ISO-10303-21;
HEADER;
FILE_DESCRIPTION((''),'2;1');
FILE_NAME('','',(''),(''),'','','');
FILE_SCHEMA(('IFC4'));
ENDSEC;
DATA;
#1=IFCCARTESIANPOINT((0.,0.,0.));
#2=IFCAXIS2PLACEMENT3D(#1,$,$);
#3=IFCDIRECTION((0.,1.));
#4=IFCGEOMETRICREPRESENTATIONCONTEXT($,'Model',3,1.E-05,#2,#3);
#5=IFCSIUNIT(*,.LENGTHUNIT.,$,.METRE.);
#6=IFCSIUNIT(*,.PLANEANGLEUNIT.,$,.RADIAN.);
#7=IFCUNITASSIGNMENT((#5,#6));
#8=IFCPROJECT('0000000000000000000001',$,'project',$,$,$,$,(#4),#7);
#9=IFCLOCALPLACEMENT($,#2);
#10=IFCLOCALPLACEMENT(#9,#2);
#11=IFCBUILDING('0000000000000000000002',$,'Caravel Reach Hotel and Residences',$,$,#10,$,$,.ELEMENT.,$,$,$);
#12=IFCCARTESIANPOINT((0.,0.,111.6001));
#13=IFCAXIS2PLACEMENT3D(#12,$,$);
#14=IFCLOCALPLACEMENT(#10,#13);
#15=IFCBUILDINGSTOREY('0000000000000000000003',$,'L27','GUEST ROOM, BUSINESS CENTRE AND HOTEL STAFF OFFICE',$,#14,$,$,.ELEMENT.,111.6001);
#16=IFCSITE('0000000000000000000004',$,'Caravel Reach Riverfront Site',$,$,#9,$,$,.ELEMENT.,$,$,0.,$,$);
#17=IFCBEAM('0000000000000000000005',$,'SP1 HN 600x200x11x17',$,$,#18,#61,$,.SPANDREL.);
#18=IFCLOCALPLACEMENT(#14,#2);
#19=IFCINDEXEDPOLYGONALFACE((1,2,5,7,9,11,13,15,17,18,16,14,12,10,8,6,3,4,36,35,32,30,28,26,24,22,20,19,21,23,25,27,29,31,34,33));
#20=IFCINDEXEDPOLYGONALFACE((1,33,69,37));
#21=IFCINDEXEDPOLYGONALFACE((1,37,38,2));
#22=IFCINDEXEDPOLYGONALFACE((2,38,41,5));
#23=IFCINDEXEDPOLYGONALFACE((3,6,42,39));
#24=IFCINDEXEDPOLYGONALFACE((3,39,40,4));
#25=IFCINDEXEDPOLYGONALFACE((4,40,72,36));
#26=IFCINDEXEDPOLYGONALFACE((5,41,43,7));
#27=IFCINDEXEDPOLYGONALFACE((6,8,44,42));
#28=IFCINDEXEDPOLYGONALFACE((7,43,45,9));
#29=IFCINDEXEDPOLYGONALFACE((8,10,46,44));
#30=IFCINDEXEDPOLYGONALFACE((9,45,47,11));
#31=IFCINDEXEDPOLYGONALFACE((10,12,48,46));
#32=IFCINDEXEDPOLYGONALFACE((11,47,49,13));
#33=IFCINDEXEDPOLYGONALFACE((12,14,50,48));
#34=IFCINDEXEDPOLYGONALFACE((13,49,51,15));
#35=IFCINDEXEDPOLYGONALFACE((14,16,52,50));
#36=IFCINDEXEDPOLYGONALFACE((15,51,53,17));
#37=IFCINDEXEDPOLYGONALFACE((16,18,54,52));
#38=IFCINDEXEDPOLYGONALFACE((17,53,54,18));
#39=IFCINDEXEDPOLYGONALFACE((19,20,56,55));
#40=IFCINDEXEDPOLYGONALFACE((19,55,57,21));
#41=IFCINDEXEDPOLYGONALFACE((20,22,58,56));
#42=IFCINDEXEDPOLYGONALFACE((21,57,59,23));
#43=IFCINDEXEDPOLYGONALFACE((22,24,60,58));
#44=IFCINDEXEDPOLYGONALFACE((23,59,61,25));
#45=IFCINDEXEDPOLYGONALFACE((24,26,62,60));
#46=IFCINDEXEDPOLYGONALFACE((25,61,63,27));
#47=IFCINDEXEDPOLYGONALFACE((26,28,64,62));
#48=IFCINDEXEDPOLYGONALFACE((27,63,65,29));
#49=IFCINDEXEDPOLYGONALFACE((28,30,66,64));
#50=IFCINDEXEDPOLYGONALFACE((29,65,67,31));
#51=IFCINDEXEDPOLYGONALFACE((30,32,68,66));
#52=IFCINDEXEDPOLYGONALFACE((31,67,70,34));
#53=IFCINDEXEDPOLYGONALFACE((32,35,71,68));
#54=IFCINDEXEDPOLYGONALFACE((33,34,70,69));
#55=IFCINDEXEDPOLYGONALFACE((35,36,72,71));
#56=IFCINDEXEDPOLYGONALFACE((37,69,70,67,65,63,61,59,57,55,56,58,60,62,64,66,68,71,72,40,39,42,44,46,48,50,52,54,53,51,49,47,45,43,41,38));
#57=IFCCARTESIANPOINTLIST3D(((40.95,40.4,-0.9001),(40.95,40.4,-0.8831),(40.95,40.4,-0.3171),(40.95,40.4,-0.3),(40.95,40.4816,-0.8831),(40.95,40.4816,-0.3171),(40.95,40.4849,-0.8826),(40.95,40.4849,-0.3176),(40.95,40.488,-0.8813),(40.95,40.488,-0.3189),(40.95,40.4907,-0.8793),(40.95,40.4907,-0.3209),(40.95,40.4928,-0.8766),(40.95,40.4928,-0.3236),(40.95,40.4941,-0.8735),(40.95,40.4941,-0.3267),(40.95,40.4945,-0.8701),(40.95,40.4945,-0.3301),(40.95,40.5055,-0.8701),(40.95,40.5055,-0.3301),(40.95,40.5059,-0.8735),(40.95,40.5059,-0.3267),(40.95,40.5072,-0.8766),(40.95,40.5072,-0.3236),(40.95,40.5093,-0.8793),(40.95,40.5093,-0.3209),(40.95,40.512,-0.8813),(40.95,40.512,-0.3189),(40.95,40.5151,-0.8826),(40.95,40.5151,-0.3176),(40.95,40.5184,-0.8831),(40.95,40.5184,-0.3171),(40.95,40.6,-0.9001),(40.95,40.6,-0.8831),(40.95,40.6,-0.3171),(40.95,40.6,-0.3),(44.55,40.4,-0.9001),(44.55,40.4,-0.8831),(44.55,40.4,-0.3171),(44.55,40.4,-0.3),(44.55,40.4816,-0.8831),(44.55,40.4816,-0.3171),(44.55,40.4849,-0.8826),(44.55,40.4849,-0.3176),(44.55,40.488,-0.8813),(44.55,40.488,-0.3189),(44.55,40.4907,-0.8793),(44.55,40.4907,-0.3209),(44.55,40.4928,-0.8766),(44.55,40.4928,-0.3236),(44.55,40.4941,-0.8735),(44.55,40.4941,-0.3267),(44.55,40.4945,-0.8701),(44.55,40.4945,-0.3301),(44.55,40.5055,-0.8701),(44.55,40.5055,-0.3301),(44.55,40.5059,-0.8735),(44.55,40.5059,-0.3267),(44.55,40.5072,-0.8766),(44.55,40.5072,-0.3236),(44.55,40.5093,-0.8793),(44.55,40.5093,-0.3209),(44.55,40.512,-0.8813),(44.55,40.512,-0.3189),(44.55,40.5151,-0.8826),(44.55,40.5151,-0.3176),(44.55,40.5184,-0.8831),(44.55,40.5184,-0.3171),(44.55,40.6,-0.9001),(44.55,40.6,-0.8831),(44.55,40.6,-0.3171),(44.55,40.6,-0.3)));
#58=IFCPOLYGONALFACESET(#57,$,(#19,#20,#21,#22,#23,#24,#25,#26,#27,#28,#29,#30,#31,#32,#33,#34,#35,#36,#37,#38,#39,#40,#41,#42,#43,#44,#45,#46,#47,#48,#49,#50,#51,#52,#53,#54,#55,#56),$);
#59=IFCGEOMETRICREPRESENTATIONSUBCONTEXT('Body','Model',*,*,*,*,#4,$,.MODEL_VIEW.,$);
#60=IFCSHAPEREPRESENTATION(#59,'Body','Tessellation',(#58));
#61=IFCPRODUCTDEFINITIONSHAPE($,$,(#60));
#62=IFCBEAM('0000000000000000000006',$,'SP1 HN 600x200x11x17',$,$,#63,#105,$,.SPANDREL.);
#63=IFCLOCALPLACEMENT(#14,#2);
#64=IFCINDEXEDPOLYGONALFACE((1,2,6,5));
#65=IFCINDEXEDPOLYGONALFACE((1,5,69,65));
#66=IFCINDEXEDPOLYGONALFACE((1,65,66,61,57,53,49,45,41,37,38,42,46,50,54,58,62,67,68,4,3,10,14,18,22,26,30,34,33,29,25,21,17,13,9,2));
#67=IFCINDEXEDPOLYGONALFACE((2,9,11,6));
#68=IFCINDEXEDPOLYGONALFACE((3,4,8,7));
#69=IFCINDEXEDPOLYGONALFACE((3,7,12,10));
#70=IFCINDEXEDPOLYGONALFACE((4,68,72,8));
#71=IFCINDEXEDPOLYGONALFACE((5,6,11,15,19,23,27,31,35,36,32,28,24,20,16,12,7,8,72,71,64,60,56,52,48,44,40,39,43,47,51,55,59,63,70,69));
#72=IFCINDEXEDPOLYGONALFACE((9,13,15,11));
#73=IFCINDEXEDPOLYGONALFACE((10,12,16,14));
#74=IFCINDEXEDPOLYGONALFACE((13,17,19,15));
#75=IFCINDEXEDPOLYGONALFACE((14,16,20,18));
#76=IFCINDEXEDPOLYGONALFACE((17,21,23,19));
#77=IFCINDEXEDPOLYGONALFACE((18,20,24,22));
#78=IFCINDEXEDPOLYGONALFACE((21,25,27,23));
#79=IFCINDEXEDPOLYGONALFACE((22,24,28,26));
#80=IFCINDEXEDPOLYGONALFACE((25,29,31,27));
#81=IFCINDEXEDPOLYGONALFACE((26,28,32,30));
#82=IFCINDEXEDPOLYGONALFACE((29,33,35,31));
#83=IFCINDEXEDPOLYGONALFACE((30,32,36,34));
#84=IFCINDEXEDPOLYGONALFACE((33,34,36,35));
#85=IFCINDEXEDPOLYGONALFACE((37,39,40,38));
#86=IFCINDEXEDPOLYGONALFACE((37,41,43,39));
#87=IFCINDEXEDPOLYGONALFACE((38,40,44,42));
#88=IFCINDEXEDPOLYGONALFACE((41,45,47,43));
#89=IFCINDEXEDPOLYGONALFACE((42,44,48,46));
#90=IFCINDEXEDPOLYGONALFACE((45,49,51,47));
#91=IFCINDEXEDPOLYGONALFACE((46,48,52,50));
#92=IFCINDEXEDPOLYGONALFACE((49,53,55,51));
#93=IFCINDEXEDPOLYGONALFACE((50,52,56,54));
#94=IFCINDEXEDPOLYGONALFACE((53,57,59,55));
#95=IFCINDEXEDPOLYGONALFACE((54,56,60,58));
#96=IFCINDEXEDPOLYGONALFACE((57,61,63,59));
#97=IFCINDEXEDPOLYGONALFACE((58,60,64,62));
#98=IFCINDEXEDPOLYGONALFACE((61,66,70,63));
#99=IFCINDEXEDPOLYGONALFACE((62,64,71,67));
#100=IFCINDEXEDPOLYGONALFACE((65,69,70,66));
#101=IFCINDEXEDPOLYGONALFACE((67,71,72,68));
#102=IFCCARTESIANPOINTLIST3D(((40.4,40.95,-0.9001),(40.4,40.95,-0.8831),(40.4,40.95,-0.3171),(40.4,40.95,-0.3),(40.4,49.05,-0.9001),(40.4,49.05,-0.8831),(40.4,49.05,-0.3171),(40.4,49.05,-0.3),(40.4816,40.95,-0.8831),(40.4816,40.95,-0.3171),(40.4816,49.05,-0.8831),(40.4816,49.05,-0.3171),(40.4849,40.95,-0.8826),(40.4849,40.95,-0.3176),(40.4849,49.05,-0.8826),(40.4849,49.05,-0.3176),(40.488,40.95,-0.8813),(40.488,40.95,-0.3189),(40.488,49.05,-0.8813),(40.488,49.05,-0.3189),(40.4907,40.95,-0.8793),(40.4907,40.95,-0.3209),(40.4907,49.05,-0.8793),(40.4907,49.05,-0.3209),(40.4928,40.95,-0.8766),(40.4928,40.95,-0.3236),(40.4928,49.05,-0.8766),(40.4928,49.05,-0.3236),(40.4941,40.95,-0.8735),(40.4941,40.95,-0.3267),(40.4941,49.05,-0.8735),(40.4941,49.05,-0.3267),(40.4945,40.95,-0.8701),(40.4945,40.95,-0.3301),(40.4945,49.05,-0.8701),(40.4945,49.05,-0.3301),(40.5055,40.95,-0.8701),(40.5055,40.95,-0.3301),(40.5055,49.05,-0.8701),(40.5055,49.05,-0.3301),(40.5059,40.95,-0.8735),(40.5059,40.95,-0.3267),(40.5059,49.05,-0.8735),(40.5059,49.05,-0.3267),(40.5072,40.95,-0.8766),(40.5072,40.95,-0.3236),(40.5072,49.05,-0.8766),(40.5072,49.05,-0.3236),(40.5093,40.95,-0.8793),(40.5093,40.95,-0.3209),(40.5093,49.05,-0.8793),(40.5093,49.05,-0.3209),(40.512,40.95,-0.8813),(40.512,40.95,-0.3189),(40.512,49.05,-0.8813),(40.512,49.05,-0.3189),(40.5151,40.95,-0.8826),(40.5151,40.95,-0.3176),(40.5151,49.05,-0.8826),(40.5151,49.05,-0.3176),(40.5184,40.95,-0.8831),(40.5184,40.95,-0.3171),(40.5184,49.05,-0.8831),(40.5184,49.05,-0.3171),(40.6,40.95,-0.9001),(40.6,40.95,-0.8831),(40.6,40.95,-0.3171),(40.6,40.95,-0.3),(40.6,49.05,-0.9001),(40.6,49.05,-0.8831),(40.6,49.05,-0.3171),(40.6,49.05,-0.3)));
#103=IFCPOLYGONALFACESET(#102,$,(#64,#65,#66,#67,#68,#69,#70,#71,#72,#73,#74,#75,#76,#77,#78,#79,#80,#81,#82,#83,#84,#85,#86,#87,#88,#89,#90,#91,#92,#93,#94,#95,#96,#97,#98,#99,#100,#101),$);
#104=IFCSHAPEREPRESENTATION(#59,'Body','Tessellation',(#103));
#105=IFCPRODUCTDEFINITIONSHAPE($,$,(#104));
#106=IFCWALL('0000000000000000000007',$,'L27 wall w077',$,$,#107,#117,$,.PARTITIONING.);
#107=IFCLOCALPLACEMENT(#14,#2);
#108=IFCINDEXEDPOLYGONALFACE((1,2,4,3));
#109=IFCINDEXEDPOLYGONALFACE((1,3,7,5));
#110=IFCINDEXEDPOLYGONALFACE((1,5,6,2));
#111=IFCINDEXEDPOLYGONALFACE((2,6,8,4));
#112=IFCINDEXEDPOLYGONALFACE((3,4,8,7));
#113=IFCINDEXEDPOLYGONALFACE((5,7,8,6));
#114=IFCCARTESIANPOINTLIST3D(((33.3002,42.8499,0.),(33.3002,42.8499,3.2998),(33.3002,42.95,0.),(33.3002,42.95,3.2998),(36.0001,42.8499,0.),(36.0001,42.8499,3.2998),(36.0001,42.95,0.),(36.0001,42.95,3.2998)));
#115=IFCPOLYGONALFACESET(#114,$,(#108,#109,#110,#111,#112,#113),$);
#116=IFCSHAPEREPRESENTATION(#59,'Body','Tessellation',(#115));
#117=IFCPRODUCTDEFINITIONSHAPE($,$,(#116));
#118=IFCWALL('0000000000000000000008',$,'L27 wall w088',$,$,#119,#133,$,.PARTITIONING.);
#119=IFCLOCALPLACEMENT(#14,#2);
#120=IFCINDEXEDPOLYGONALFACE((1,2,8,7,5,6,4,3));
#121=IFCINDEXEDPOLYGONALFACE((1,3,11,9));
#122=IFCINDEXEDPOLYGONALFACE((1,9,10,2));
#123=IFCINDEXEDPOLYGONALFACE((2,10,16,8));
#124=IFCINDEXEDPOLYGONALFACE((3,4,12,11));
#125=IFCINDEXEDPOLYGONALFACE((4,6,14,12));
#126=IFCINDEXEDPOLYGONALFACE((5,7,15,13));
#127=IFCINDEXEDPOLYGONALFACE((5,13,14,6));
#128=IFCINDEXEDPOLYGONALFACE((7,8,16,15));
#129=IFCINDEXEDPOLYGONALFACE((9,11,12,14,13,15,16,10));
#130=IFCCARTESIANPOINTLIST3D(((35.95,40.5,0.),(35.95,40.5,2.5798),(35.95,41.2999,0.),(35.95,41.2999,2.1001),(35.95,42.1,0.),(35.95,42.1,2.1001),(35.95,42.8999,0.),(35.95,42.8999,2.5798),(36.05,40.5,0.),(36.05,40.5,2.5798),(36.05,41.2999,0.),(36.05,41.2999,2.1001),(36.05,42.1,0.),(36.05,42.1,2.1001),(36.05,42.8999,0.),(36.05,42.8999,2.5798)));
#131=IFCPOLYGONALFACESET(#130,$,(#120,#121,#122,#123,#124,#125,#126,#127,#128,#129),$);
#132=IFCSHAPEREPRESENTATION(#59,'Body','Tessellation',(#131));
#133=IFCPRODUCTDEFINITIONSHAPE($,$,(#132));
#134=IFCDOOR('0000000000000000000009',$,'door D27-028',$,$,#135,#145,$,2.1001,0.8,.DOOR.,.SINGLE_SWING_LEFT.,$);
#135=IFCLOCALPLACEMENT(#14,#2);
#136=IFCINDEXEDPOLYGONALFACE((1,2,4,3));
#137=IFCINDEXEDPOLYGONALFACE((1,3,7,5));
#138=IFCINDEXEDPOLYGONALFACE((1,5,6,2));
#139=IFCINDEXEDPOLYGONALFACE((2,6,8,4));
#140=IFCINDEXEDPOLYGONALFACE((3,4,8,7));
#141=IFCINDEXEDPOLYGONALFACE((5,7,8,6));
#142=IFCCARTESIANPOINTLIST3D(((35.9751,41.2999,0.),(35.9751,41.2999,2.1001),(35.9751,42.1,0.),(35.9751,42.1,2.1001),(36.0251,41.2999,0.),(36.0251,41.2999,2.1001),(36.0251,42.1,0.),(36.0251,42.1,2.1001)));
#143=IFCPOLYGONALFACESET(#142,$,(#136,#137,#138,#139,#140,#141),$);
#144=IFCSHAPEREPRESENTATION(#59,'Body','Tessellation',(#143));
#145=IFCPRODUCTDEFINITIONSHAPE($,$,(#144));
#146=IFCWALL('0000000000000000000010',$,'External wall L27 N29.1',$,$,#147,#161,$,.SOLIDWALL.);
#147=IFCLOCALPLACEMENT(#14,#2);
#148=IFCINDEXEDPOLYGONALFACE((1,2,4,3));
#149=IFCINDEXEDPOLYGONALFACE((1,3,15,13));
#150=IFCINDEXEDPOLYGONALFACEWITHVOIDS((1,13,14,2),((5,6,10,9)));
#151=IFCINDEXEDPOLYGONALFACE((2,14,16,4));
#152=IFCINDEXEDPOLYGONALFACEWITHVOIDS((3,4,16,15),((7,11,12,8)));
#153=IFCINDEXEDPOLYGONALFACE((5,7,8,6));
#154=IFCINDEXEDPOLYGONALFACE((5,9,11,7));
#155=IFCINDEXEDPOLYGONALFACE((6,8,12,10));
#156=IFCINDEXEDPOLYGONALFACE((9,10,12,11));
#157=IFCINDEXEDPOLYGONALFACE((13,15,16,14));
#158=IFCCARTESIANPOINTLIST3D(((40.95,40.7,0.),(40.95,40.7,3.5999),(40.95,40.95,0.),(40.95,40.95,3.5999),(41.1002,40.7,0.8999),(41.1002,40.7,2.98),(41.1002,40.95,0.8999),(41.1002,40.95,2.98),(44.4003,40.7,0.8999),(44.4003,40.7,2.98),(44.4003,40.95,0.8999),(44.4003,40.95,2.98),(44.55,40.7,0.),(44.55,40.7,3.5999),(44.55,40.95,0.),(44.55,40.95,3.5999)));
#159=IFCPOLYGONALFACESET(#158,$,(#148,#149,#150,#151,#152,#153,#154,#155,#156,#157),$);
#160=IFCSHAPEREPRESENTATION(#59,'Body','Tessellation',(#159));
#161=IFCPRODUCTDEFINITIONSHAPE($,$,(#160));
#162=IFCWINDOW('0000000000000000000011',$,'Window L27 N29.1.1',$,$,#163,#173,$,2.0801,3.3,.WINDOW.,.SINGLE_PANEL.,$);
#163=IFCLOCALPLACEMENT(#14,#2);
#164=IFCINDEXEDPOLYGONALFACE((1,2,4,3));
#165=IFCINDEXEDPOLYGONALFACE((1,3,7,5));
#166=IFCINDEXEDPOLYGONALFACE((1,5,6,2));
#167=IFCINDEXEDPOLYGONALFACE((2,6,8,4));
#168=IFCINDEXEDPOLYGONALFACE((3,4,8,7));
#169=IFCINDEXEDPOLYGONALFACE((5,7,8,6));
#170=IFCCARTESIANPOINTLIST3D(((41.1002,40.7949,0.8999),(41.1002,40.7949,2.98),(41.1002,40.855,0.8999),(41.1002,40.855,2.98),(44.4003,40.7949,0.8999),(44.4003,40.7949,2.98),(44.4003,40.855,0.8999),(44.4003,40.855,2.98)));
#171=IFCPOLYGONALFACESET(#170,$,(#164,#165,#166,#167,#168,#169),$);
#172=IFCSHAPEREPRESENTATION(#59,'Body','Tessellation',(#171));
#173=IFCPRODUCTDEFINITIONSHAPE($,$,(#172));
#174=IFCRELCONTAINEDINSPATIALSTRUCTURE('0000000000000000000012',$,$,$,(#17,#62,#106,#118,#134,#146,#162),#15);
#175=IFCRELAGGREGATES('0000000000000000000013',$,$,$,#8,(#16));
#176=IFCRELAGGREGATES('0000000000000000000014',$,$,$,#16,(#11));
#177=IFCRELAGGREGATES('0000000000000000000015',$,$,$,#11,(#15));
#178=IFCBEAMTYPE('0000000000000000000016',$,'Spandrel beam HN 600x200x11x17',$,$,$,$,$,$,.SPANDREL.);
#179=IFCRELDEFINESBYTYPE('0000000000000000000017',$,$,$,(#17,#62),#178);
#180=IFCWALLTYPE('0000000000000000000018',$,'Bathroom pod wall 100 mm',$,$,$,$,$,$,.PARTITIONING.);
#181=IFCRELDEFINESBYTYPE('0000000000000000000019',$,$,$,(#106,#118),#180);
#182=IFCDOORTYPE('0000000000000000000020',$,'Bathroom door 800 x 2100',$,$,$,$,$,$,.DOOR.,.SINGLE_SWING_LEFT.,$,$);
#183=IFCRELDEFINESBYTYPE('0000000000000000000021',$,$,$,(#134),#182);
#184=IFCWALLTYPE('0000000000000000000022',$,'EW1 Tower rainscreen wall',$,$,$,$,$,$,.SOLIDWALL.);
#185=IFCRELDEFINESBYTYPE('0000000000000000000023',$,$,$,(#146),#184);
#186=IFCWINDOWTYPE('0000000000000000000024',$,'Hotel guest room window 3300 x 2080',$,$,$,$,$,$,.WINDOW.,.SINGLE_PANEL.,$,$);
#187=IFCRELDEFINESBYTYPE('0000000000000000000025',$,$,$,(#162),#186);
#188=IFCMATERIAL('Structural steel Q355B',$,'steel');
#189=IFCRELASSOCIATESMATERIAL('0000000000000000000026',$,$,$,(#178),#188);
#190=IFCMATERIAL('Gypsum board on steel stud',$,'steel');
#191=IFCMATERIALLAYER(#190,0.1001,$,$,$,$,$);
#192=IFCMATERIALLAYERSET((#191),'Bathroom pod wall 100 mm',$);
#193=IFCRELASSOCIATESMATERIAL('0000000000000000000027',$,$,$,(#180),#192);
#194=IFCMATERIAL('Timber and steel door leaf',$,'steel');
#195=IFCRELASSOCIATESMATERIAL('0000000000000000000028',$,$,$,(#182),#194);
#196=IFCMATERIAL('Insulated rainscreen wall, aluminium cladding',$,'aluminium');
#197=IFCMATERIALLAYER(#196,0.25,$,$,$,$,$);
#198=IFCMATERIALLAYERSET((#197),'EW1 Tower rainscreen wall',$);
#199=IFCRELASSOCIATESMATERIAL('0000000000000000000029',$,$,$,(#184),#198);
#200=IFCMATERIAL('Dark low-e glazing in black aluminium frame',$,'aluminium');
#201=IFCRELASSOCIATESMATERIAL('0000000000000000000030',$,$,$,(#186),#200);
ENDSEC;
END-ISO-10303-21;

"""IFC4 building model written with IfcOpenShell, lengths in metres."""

from ifc_helpers import new_model, si_unit, direction, frame, frame_2d, origin, origin_2d, place, context, subcontext, project, spatial, rectangle, i_section, extrude, material, layer, layer_set, material_profile, profile_set, type_object, element, fill, save


model = new_model("IFC4")

# Units and contexts
model_context = context("Model", 3, precision=1e-05, world=origin(), true_north=direction((0.0, 1.0)))
body_context = subcontext(model_context, "Body", "Model", "MODEL_VIEW")
ifc_project = project(units=[si_unit("LENGTHUNIT", "METRE"), si_unit("PLANEANGLEUNIT", "RADIAN")], contexts=[model_context])

# Site, building, storey
site_placement = place(None, origin())
site = spatial("IfcSite", under=ifc_project, at=site_placement, Name="Caravel Reach Riverfront Site", CompositionType="ELEMENT", RefElevation=0.0)
building_placement = place(site_placement, origin())
building = spatial("IfcBuilding", under=site, at=building_placement, Name="Caravel Reach Hotel and Residences", CompositionType="ELEMENT")
storey_placement = place(building_placement, frame((0.0, 0.0, 111.6001)))
storey = spatial("IfcBuildingStorey", under=building, at=storey_placement, Name="L27", Description="GUEST ROOM, BUSINESS CENTRE AND HOTEL STAFF OFFICE", CompositionType="ELEMENT", Elevation=111.6001)

# Beams
ifc_material_1 = material(Name="Structural steel Q355B", Category="steel")
ifc_material_profile_1 = material_profile(ifc_material_1, i_section(OverallWidth=0.2, OverallDepth=0.6001, WebThickness=0.011, FlangeThickness=0.0171, FilletRadius=0.0129, at=origin_2d()), Name="HN 600x200x11x17")
ifc_profile_set_1 = profile_set([ifc_material_profile_1], Name="Structural steel Q355B")
beam_type_1 = type_object("IfcBeamType", Name="Spandrel beam HN 600x200x11x17", PredefinedType="SPANDREL", material=ifc_profile_set_1)
beam_1_placement = place(storey_placement, frame((44.55, 40.5, -0.6001), z_axis=(-1.0, 0.0, 0.0), x_axis=(0.0, -1.0, 0.0)))
element("IfcBeam", 1, at=beam_1_placement, inside=storey, type_object=beam_type_1, Name="SP1 HN 600x200x11x17", PredefinedType="SPANDREL", context=body_context, shape_type="SweptSolid", body=[
    extrude(i_section(OverallWidth=0.2, OverallDepth=0.6001, WebThickness=0.011, FlangeThickness=0.0171, FilletRadius=0.0129, at=origin_2d()), origin(), (0.0, 0.0, 1.0), 3.6001),
])
beam_2_placement = place(storey_placement, frame((40.5, 40.95, -0.6001), z_axis=(0.0, 1.0, 0.0), x_axis=(-1.0, 0.0, 0.0)))
element("IfcBeam", 2, at=beam_2_placement, inside=storey, type_object=beam_type_1, Name="SP1 HN 600x200x11x17", PredefinedType="SPANDREL", context=body_context, shape_type="SweptSolid", body=[
    extrude(i_section(OverallWidth=0.2, OverallDepth=0.6001, WebThickness=0.011, FlangeThickness=0.0171, FilletRadius=0.0129, at=origin_2d()), origin(), (0.0, 0.0, 1.0), 8.1001),
])

# Wall
ifc_material_2 = material(Name="Gypsum board on steel stud", Category="steel")
ifc_layer_1 = layer(ifc_material_2, 0.1001)
ifc_layer_set_1 = layer_set([ifc_layer_1], Name="Bathroom pod wall 100 mm")
wall_type_1 = type_object("IfcWallType", Name="Bathroom pod wall 100 mm", PredefinedType="PARTITIONING", material=ifc_layer_set_1)
wall_1_placement = place(storey_placement, frame((33.3, 42.8999, 0.0), z_axis=(0.0, 0.0, 1.0), x_axis=(1.0, 0.0, 0.0)))
element("IfcWall", 3, at=wall_1_placement, inside=storey, type_object=wall_type_1, Name="L27 wall w077", PredefinedType="PARTITIONING", context=body_context, shape_type="SweptSolid", body=[
    extrude(rectangle(XDim=2.7, YDim=0.1001, at=frame_2d((1.3501, 0.0))), origin(), (0.0, 0.0, 1.0), 3.2998),
])

# Wall, opening, door
wall_2_placement = place(storey_placement, frame((36.0, 40.5, 0.0), z_axis=(0.0, 0.0, 1.0), x_axis=(0.0, 1.0, 0.0)))
wall_2 = element("IfcWall", 4, at=wall_2_placement, inside=storey, type_object=wall_type_1, Name="L27 wall w088", PredefinedType="PARTITIONING", context=body_context, shape_type="SweptSolid", body=[
    extrude(rectangle(XDim=2.3999, YDim=0.1001, at=frame_2d((1.2, 0.0))), origin(), (0.0, 0.0, 1.0), 2.5798),
])
opening_1_placement = place(wall_2_placement, frame((0.8, 0.0, 0.0)))
opening_1 = element("IfcOpeningElement", 5, at=opening_1_placement, cuts=wall_2, PredefinedType="OPENING", context=body_context, shape_type="SweptSolid", body=[
    extrude(rectangle(XDim=0.8, YDim=2.1001, at=frame_2d((0.3999, 1.05))), frame((0.0, 0.0601, 0.0), z_axis=(0.0, -1.0, 0.0), x_axis=(1.0, 0.0, 0.0)), (0.0, 0.0, 1.0), 0.1201),
])
ifc_material_3 = material(Name="Timber and steel door leaf", Category="steel")
door_type = type_object("IfcDoorType", Name="Bathroom door 800 x 2100", OperationType="SINGLE_SWING_LEFT", PredefinedType="DOOR", material=ifc_material_3)
door_placement = place(opening_1_placement, origin())
door = element("IfcDoor", 6, at=door_placement, inside=storey, type_object=door_type, Name="door D27-028", OperationType="SINGLE_SWING_LEFT", OverallHeight=2.1001, OverallWidth=0.8, PredefinedType="DOOR", context=body_context, shape_type="SweptSolid", body=[
    extrude(rectangle(XDim=0.8, YDim=2.1001, at=frame_2d((0.3999, 1.05))), frame((0.0, 0.0249, 0.0), z_axis=(0.0, -1.0, 0.0), x_axis=(1.0, 0.0, 0.0)), (0.0, 0.0, 1.0), 0.05),
])
fill(opening_1, door)

# Wall, opening, window
ifc_material_4 = material(Name="Insulated rainscreen wall, aluminium cladding", Category="aluminium")
ifc_layer_2 = layer(ifc_material_4, 0.25)
ifc_layer_set_2 = layer_set([ifc_layer_2], Name="EW1 Tower rainscreen wall")
wall_type_2 = type_object("IfcWallType", Name="EW1 Tower rainscreen wall", PredefinedType="SOLIDWALL", material=ifc_layer_set_2)
wall_3_placement = place(storey_placement, frame((44.55, 40.825, 0.0), z_axis=(0.0, 0.0, 1.0), x_axis=(-1.0, 0.0, 0.0)))
wall_3 = element("IfcWall", 7, at=wall_3_placement, inside=storey, type_object=wall_type_2, Name="External wall L27 N29.1", PredefinedType="SOLIDWALL", context=body_context, shape_type="SweptSolid", body=[
    extrude(rectangle(XDim=3.6001, YDim=0.25, at=frame_2d((1.8, 0.0))), origin(), (0.0, 0.0, 1.0), 3.5999),
])
opening_2_placement = place(wall_3_placement, frame((0.1499, 0.0, 0.8999)))
opening_2 = element("IfcOpeningElement", 8, at=opening_2_placement, cuts=wall_3, PredefinedType="OPENING", context=body_context, shape_type="SweptSolid", body=[
    extrude(rectangle(XDim=3.3, YDim=2.0801, at=frame_2d((1.6499, 1.04))), frame((0.0, 0.135, 0.0), z_axis=(0.0, -1.0, 0.0), x_axis=(1.0, 0.0, 0.0)), (0.0, 0.0, 1.0), 0.27),
])
ifc_material_5 = material(Name="Dark low-e glazing in black aluminium frame", Category="aluminium")
window_type = type_object("IfcWindowType", Name="Hotel guest room window 3300 x 2080", PartitioningType="SINGLE_PANEL", PredefinedType="WINDOW", material=ifc_material_5)
window_1_placement = place(opening_2_placement, origin())
window_1 = element("IfcWindow", 9, at=window_1_placement, inside=storey, type_object=window_type, Name="Window L27 N29.1.1", OverallHeight=2.0801, OverallWidth=3.3, PartitioningType="SINGLE_PANEL", PredefinedType="WINDOW", context=body_context, shape_type="SweptSolid", body=[
    extrude(rectangle(XDim=3.3, YDim=2.0801, at=frame_2d((1.6499, 1.04))), frame((0.0, 0.03, 0.0), z_axis=(0.0, -1.0, 0.0), x_axis=(1.0, 0.0, 0.0)), (0.0, 0.0, 1.0), 0.0601),
])
fill(opening_2, window_1)

save(model, "model.ifc")
